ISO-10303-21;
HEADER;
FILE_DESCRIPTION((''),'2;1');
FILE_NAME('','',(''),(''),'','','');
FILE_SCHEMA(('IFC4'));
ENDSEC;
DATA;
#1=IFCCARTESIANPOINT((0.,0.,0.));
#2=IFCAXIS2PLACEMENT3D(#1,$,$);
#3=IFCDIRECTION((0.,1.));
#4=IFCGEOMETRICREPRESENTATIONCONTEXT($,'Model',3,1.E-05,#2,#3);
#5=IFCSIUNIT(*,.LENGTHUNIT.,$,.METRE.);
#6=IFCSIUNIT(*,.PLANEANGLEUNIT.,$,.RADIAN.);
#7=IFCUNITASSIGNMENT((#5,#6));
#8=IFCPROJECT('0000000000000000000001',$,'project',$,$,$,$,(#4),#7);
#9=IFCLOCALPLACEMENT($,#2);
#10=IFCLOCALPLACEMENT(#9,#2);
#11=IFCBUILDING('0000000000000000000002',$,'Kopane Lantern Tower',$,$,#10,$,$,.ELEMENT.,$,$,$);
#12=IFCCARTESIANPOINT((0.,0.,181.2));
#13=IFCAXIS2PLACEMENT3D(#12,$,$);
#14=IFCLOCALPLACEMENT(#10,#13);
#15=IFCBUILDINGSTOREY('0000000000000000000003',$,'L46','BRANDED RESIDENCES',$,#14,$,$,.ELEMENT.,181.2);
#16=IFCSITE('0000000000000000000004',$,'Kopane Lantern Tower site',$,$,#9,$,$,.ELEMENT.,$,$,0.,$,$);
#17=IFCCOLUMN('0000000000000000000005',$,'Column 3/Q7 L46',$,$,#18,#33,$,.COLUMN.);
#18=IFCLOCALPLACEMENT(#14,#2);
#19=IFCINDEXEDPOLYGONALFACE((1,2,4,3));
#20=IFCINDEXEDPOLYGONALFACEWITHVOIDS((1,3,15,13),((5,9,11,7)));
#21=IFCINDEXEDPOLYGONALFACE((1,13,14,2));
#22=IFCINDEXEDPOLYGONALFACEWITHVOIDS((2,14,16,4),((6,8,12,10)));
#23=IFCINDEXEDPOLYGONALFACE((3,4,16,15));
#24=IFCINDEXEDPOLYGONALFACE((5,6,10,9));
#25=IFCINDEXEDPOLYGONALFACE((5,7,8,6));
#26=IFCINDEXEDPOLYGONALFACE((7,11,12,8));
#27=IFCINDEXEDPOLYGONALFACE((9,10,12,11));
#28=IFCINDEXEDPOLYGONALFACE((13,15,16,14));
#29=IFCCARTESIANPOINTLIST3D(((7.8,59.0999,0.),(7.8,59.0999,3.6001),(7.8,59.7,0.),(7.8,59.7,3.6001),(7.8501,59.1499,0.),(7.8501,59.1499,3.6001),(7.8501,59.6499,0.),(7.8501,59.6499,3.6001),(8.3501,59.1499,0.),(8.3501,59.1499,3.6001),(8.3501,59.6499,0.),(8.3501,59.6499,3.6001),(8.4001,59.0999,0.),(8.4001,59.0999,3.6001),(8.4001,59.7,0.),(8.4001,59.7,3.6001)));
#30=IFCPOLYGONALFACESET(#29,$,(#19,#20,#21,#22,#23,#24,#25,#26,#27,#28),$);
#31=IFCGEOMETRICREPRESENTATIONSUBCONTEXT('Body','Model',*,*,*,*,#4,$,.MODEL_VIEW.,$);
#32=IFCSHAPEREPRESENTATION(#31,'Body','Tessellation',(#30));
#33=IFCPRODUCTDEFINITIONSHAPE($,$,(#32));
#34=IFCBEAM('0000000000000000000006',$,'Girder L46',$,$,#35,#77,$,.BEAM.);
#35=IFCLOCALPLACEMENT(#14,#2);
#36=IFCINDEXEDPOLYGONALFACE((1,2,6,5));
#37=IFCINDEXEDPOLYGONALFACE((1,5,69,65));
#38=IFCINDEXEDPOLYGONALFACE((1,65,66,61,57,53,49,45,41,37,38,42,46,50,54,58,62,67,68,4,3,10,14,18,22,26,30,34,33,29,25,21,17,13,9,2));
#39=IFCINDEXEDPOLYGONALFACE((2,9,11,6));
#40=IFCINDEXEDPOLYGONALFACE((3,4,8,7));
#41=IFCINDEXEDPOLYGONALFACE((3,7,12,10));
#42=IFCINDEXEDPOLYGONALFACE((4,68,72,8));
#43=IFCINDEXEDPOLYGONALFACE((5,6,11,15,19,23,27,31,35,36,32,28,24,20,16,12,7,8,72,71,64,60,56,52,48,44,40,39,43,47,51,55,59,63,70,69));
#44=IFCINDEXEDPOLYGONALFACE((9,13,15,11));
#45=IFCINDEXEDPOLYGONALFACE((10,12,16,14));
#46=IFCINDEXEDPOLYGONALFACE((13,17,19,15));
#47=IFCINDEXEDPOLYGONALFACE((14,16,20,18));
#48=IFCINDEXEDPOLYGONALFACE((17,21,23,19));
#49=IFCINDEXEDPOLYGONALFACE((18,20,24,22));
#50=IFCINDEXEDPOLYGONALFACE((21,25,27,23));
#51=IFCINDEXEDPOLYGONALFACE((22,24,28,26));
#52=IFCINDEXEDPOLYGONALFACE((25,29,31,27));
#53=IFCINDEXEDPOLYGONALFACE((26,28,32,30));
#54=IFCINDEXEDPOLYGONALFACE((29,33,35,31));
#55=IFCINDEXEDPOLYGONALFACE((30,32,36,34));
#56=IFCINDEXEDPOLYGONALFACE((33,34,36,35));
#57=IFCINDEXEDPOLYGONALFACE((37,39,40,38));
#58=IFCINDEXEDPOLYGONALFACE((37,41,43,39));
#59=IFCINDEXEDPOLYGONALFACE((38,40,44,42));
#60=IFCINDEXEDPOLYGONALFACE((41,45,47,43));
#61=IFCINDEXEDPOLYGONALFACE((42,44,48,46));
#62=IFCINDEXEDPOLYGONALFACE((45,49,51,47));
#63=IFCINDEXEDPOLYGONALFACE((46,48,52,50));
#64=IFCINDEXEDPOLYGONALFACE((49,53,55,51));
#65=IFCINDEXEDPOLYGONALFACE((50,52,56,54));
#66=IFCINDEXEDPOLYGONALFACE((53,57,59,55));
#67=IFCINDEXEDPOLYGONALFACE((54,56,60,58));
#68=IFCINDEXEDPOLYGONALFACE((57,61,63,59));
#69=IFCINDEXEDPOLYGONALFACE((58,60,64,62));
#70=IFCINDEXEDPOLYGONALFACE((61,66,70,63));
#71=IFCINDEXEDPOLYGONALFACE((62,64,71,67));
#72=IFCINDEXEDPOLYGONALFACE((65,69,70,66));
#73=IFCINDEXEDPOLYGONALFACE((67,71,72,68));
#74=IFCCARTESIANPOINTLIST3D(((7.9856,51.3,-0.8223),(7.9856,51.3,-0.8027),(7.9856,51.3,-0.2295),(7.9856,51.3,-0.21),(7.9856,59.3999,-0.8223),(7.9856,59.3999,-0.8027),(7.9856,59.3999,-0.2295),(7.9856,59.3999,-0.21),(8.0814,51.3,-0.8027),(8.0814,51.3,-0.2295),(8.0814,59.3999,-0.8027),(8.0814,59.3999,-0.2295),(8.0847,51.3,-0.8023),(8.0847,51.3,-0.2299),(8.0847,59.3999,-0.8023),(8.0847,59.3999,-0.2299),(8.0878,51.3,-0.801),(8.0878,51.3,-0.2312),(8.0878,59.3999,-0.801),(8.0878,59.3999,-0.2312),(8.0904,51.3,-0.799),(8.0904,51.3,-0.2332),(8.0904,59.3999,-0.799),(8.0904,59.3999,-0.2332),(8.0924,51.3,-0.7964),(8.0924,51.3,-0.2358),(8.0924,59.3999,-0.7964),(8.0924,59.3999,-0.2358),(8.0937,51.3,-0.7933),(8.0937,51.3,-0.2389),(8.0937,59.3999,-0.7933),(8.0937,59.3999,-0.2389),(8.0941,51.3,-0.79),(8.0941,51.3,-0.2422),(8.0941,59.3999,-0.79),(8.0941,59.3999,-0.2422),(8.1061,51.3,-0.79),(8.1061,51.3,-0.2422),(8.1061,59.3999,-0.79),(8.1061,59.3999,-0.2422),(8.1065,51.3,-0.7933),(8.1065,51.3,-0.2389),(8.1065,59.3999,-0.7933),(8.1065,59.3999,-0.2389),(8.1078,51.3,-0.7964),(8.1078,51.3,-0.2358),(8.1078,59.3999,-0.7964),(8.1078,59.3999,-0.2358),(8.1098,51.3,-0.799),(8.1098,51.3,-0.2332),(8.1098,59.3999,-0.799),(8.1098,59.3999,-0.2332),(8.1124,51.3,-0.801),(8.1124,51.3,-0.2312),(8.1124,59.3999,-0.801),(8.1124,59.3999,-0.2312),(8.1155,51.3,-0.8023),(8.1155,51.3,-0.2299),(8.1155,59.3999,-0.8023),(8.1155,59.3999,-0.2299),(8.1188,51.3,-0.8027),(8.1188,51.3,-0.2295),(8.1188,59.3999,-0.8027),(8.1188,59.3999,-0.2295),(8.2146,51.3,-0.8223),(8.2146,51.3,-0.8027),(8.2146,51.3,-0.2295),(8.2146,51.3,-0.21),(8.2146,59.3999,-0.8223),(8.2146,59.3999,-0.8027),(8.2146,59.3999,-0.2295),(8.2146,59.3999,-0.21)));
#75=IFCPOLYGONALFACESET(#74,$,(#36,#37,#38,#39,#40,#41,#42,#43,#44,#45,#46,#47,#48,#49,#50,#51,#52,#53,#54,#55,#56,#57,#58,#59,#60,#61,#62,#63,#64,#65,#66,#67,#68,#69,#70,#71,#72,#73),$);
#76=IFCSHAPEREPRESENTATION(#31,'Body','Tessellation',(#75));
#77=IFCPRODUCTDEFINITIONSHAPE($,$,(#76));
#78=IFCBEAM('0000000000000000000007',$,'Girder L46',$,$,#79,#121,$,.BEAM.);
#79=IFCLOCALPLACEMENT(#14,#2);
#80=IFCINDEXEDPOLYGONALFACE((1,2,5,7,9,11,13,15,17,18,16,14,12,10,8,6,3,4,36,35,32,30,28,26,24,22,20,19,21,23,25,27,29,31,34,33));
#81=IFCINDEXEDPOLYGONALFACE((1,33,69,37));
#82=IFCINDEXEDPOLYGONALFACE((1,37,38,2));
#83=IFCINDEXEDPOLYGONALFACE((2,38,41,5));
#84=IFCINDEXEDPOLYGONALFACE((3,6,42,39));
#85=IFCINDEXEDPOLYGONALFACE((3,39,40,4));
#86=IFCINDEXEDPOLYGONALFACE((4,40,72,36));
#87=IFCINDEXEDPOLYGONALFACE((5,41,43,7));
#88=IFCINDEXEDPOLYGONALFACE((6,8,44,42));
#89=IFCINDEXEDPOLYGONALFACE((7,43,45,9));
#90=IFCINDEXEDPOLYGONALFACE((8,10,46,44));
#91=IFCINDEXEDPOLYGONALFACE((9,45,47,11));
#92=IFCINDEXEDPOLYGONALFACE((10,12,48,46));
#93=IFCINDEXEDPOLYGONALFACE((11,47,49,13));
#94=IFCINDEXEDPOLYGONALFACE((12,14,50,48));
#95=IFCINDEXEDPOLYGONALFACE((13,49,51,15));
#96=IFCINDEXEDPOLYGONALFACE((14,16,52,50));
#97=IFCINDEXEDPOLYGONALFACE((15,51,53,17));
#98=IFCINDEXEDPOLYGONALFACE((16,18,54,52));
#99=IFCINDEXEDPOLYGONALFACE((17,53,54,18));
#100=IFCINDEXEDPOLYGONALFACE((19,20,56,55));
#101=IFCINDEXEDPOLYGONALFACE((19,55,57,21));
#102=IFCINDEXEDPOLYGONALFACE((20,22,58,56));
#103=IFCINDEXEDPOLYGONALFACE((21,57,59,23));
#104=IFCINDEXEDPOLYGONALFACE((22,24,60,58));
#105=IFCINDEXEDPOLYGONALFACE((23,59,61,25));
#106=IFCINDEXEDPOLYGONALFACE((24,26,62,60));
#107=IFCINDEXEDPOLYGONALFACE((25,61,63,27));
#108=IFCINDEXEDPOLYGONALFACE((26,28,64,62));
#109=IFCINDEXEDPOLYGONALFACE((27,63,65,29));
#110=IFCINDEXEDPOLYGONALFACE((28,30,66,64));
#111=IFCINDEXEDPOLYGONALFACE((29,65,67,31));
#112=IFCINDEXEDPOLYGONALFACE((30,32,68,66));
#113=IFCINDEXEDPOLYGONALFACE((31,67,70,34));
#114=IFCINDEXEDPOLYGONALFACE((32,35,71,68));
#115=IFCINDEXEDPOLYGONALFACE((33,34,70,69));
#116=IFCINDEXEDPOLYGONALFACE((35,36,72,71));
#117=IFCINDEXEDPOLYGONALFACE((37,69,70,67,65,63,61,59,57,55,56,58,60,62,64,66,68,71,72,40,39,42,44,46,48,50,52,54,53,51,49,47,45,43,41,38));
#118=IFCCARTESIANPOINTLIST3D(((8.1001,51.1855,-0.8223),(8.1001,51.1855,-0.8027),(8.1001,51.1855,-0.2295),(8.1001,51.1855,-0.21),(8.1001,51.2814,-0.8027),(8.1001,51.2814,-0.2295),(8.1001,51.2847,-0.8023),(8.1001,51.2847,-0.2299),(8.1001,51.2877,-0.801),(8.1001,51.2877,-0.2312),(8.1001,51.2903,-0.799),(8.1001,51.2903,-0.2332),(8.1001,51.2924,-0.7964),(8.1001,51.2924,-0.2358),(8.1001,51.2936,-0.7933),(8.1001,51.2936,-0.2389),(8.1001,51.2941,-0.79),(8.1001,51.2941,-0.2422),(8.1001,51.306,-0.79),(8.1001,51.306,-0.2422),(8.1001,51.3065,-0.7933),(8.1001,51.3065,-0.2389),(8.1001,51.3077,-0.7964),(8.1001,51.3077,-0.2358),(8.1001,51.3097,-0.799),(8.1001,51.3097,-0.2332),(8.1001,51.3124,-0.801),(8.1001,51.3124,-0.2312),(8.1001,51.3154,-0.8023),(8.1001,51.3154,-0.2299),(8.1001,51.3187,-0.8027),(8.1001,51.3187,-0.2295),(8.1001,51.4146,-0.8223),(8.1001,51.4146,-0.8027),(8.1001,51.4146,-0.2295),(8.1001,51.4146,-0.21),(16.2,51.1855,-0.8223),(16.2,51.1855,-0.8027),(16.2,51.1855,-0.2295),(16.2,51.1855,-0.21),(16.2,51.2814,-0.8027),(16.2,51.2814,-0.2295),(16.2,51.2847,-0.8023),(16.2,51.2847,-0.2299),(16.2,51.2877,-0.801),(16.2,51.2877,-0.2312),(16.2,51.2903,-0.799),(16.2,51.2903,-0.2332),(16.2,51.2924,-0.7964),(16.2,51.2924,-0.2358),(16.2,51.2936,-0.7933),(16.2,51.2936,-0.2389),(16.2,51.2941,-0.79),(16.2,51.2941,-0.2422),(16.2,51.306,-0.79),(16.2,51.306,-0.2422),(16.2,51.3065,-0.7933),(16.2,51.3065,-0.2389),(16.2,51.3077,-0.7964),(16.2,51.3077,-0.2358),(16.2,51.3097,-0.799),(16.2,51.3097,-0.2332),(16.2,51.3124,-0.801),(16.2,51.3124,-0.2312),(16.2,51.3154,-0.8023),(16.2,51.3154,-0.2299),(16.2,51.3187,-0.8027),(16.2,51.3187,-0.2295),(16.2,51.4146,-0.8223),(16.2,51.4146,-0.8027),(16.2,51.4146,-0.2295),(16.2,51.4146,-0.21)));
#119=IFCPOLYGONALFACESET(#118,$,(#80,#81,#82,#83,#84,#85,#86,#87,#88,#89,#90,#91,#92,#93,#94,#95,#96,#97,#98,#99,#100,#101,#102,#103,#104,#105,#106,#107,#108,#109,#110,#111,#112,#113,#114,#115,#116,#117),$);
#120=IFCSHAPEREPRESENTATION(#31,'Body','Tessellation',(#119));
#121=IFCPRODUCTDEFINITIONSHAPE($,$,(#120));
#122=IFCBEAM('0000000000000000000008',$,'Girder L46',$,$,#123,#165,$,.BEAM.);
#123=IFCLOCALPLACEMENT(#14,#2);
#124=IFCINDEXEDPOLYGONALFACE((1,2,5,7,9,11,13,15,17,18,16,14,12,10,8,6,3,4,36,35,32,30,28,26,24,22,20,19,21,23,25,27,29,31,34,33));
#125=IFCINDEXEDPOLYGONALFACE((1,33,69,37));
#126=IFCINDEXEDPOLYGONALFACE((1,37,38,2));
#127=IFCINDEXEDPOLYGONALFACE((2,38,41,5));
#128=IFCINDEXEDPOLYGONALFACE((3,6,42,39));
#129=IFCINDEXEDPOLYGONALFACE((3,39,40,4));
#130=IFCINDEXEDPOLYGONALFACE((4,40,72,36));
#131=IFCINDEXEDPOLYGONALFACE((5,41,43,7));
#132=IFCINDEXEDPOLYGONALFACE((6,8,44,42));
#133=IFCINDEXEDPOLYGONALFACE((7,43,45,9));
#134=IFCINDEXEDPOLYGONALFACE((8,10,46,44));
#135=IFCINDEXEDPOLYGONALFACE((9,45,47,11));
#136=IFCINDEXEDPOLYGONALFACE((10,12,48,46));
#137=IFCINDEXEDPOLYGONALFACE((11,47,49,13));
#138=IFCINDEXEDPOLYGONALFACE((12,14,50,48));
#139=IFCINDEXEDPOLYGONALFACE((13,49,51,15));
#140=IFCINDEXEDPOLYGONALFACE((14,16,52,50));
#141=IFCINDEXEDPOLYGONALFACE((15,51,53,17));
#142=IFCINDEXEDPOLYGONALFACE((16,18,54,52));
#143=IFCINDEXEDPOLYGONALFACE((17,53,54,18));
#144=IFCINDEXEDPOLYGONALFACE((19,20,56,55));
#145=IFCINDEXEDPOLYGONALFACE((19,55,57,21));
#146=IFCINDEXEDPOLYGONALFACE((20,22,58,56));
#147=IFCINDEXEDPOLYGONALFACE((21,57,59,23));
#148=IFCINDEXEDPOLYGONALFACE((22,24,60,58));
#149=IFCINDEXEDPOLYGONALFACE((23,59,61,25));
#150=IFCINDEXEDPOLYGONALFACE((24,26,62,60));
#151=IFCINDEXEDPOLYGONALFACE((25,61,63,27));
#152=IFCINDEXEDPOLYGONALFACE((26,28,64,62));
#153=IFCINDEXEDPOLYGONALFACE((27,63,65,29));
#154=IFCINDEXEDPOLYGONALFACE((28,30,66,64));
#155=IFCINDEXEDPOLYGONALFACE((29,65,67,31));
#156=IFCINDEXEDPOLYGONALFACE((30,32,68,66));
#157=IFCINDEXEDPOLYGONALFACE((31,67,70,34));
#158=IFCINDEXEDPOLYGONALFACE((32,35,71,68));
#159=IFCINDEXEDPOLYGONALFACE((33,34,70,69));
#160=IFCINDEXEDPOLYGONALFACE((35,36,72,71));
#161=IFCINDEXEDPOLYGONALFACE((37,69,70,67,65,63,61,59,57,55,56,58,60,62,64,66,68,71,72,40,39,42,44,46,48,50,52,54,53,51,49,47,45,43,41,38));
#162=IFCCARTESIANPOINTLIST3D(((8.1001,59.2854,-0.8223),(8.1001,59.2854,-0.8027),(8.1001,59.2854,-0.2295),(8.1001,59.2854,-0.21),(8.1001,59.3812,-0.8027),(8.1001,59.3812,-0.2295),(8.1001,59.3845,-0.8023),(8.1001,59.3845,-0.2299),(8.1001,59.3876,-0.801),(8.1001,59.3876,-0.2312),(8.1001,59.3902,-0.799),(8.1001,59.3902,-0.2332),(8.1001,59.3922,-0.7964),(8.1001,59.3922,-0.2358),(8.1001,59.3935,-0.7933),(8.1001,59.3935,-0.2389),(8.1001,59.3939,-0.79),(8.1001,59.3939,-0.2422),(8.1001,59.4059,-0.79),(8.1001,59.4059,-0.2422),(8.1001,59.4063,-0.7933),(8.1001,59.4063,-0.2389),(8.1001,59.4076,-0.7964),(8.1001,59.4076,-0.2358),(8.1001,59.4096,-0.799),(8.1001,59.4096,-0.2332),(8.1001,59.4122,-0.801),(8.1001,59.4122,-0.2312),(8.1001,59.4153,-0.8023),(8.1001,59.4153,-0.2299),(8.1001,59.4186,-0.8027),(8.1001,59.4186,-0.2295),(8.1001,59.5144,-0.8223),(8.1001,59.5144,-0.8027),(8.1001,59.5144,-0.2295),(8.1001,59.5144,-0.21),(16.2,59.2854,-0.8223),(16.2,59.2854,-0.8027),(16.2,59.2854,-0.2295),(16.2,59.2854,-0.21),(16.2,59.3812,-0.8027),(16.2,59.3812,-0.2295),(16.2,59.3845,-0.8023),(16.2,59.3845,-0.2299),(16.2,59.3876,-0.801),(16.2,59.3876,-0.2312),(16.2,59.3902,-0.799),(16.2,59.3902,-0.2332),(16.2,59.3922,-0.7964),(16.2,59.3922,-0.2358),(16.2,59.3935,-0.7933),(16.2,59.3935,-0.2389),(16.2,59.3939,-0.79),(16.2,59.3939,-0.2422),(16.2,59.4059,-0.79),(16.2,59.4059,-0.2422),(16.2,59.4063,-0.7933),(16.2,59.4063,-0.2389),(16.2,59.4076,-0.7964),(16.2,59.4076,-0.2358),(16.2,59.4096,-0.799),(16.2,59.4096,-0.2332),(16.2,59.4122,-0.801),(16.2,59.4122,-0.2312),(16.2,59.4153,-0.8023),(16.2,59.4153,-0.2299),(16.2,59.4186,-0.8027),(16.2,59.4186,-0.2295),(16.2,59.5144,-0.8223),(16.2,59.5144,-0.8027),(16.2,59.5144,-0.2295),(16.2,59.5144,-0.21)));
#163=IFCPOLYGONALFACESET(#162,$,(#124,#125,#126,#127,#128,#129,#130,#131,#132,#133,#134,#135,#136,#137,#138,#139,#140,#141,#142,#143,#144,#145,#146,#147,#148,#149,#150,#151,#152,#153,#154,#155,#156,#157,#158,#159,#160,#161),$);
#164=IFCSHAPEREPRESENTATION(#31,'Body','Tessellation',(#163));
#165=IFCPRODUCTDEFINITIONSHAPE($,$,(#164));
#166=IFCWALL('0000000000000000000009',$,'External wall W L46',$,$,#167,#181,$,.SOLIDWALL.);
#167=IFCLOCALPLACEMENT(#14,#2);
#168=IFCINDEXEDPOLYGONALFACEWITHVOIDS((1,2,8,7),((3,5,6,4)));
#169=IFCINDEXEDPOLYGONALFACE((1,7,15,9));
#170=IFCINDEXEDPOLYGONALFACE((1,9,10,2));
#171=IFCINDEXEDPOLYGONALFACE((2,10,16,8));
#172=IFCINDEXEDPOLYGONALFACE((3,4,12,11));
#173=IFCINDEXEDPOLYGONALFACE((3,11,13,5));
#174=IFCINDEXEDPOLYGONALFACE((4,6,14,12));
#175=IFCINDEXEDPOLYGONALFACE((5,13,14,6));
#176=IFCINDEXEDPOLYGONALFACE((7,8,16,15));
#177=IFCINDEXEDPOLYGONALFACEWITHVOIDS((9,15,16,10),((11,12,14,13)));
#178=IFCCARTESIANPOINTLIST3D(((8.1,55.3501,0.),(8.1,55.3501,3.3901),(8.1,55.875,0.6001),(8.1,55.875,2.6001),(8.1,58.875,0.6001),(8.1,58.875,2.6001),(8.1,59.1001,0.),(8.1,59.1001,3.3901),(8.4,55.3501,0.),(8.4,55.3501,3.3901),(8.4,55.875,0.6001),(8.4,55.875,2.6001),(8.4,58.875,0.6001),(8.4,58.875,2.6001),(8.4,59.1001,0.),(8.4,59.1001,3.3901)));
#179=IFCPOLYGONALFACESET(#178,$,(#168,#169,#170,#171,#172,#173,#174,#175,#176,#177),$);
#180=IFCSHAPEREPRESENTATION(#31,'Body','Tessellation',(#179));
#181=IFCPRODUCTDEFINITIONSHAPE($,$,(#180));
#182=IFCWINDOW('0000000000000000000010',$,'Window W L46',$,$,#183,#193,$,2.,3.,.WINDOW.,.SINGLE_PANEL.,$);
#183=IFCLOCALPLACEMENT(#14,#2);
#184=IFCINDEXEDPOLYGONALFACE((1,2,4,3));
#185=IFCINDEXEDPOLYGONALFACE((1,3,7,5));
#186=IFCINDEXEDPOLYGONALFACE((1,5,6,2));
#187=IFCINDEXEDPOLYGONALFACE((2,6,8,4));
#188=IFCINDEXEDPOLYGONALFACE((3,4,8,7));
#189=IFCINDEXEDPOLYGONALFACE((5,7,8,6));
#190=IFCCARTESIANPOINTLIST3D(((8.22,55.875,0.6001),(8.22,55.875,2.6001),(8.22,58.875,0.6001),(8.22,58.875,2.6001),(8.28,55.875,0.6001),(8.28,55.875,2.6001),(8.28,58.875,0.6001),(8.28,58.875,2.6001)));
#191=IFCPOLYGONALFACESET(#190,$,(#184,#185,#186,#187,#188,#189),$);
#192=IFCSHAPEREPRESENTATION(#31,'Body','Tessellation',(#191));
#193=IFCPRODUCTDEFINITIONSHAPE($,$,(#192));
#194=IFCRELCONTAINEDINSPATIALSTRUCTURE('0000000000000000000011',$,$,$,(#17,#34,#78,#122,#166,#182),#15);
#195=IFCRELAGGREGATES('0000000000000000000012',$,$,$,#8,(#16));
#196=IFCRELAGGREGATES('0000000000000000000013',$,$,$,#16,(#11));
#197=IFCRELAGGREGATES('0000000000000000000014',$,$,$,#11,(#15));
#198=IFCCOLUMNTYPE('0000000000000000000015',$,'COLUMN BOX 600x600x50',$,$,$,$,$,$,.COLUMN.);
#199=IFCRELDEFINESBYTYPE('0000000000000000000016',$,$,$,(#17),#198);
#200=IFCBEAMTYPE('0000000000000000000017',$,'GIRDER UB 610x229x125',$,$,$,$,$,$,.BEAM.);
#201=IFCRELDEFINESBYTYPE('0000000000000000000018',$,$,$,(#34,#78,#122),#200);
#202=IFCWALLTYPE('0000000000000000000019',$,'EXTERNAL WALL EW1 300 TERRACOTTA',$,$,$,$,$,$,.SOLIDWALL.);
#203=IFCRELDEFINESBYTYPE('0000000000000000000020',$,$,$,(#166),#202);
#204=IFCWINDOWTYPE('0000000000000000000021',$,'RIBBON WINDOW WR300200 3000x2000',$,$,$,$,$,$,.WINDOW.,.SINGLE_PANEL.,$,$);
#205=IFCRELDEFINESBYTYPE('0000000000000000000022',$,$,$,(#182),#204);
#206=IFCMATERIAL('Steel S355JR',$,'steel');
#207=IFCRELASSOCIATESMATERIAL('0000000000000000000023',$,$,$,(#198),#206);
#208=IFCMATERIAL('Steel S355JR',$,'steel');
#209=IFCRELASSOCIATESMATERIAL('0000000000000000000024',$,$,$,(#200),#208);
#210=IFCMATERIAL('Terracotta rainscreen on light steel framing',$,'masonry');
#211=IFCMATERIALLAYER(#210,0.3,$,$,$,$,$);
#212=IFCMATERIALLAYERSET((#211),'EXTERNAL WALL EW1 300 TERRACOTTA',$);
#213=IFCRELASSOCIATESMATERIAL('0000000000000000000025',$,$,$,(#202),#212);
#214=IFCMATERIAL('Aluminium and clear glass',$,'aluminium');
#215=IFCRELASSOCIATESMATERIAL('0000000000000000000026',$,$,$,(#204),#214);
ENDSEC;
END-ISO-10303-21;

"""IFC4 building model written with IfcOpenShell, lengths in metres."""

from ifc_helpers import new_model, si_unit, direction, frame, frame_2d, origin, origin_2d, place, context, subcontext, project, spatial, rectangle, hollow_rectangle, i_section, extrude, material, layer, layer_set, material_profile, profile_set, type_object, element, fill, save


model = new_model("IFC4")

# Units and contexts
model_context = context("Model", 3, precision=1e-05, world=origin(), true_north=direction((0.0, 1.0)))
body_context = subcontext(model_context, "Body", "Model", "MODEL_VIEW")
ifc_project = project(units=[si_unit("LENGTHUNIT", "METRE"), si_unit("PLANEANGLEUNIT", "RADIAN")], contexts=[model_context])

# Site, building, storey
site_placement = place(None, origin())
site = spatial("IfcSite", under=ifc_project, at=site_placement, Name="Kopane Lantern Tower site", CompositionType="ELEMENT", RefElevation=0.0)
building_placement = place(site_placement, origin())
building = spatial("IfcBuilding", under=site, at=building_placement, Name="Kopane Lantern Tower", CompositionType="ELEMENT")
storey_placement = place(building_placement, frame((0.0, 0.0, 181.2)))
storey = spatial("IfcBuildingStorey", under=building, at=storey_placement, Name="L46", Description="BRANDED RESIDENCES", CompositionType="ELEMENT", Elevation=181.2)

# Column
ifc_material_1 = material(Name="Steel S355JR", Category="steel")
ifc_material_profile_1 = material_profile(ifc_material_1, hollow_rectangle(XDim=0.6001, YDim=0.6001, WallThickness=0.05, at=origin_2d()), Name="BOX 600x600x50")
ifc_profile_set_1 = profile_set([ifc_material_profile_1], Name="Steel S355JR")
column_type = type_object("IfcColumnType", Name="COLUMN BOX 600x600x50", PredefinedType="COLUMN", material=ifc_profile_set_1)
column_placement = place(storey_placement, frame((8.1001, 59.3999, 0.0), z_axis=(0.0, 0.0, 1.0), x_axis=(1.0, 0.0, 0.0)))
element("IfcColumn", 1, at=column_placement, inside=storey, type_object=column_type, Name="Column 3/Q7 L46", PredefinedType="COLUMN", context=body_context, shape_type="SweptSolid", body=[
    extrude(hollow_rectangle(XDim=0.6001, YDim=0.6001, WallThickness=0.05, at=origin_2d()), origin(), (0.0, 0.0, 1.0), 3.6001),
])

# Beams
ifc_material_2 = material(Name="Steel S355JR", Category="steel")
ifc_material_profile_2 = material_profile(ifc_material_2, i_section(OverallWidth=0.229, OverallDepth=0.6123, WebThickness=0.012, FlangeThickness=0.0195, FilletRadius=0.0127, at=origin_2d()), Name="UB 610x229x125")
ifc_profile_set_2 = profile_set([ifc_material_profile_2], Name="Steel S355JR")
beam_type = type_object("IfcBeamType", Name="GIRDER UB 610x229x125", PredefinedType="BEAM", material=ifc_profile_set_2)
for number, where, z_axis, x_axis, name in (
    (2, (8.1001, 51.3, -0.5161), (0.0, 1.0, 0.0), (-1.0, 0.0, 0.0), "Girder L46"),
    (3, (8.1001, 51.3, -0.5161), (1.0, 0.0, 0.0), (0.0, 1.0, 0.0), "Girder L46"),
    (4, (8.1001, 59.3999, -0.5161), (1.0, 0.0, 0.0), (0.0, 1.0, 0.0), "Girder L46"),
):
    element("IfcBeam", number, at=place(storey_placement, frame(where, z_axis=z_axis, x_axis=x_axis)), inside=storey, type_object=beam_type, Name=name, PredefinedType="BEAM", context=body_context, shape_type="SweptSolid", body=[
        extrude(i_section(OverallWidth=0.229, OverallDepth=0.6123, WebThickness=0.012, FlangeThickness=0.0195, FilletRadius=0.0127, at=origin_2d()), origin(), (0.0, 0.0, 1.0), 8.0999),
    ])

# Wall, opening, window
ifc_material_3 = material(Name="Terracotta rainscreen on light steel framing", Category="masonry")
ifc_layer = layer(ifc_material_3, 0.3)
ifc_layer_set = layer_set([ifc_layer], Name="EXTERNAL WALL EW1 300 TERRACOTTA")
wall_type = type_object("IfcWallType", Name="EXTERNAL WALL EW1 300 TERRACOTTA", PredefinedType="SOLIDWALL", material=ifc_layer_set)
wall_1_placement = place(storey_placement, frame((8.25, 59.1001, 0.0), z_axis=(0.0, 0.0, 1.0), x_axis=(0.0, -1.0, 0.0)))
wall_1 = element("IfcWall", 5, at=wall_1_placement, inside=storey, type_object=wall_type, Name="External wall W L46", PredefinedType="SOLIDWALL", context=body_context, shape_type="SweptSolid", body=[
    extrude(rectangle(XDim=3.75, YDim=0.3, at=frame_2d((1.875, 0.0))), origin(), (0.0, 0.0, 1.0), 3.3901),
])
opening_1_placement = place(wall_1_placement, frame((0.2251, 0.0, 0.6001)))
opening_1 = element("IfcOpeningElement", 6, at=opening_1_placement, cuts=wall_1, PredefinedType="OPENING", context=body_context, shape_type="SweptSolid", body=[
    extrude(rectangle(XDim=3.0, YDim=2.0, at=frame_2d((1.5, 1.0))), frame((0.0, 0.1599, 0.0), z_axis=(0.0, -1.0, 0.0), x_axis=(1.0, 0.0, 0.0)), (0.0, 0.0, 1.0), 0.3201),
])
ifc_material_4 = material(Name="Aluminium and clear glass", Category="aluminium")
window_type = type_object("IfcWindowType", Name="RIBBON WINDOW WR300200 3000x2000", PartitioningType="SINGLE_PANEL", PredefinedType="WINDOW", material=ifc_material_4)
window_1_placement = place(opening_1_placement, origin())
window_1 = element("IfcWindow", 7, at=window_1_placement, inside=storey, type_object=window_type, Name="Window W L46", OverallHeight=2.0, OverallWidth=3.0, PartitioningType="SINGLE_PANEL", PredefinedType="WINDOW", context=body_context, shape_type="SweptSolid", body=[
    extrude(rectangle(XDim=3.0, YDim=2.0, at=frame_2d((1.5, 1.0))), frame((0.0, 0.03, 0.0), z_axis=(0.0, -1.0, 0.0), x_axis=(1.0, 0.0, 0.0)), (0.0, 0.0, 1.0), 0.0601),
])
fill(opening_1, window_1)

save(model, "model.ifc")
